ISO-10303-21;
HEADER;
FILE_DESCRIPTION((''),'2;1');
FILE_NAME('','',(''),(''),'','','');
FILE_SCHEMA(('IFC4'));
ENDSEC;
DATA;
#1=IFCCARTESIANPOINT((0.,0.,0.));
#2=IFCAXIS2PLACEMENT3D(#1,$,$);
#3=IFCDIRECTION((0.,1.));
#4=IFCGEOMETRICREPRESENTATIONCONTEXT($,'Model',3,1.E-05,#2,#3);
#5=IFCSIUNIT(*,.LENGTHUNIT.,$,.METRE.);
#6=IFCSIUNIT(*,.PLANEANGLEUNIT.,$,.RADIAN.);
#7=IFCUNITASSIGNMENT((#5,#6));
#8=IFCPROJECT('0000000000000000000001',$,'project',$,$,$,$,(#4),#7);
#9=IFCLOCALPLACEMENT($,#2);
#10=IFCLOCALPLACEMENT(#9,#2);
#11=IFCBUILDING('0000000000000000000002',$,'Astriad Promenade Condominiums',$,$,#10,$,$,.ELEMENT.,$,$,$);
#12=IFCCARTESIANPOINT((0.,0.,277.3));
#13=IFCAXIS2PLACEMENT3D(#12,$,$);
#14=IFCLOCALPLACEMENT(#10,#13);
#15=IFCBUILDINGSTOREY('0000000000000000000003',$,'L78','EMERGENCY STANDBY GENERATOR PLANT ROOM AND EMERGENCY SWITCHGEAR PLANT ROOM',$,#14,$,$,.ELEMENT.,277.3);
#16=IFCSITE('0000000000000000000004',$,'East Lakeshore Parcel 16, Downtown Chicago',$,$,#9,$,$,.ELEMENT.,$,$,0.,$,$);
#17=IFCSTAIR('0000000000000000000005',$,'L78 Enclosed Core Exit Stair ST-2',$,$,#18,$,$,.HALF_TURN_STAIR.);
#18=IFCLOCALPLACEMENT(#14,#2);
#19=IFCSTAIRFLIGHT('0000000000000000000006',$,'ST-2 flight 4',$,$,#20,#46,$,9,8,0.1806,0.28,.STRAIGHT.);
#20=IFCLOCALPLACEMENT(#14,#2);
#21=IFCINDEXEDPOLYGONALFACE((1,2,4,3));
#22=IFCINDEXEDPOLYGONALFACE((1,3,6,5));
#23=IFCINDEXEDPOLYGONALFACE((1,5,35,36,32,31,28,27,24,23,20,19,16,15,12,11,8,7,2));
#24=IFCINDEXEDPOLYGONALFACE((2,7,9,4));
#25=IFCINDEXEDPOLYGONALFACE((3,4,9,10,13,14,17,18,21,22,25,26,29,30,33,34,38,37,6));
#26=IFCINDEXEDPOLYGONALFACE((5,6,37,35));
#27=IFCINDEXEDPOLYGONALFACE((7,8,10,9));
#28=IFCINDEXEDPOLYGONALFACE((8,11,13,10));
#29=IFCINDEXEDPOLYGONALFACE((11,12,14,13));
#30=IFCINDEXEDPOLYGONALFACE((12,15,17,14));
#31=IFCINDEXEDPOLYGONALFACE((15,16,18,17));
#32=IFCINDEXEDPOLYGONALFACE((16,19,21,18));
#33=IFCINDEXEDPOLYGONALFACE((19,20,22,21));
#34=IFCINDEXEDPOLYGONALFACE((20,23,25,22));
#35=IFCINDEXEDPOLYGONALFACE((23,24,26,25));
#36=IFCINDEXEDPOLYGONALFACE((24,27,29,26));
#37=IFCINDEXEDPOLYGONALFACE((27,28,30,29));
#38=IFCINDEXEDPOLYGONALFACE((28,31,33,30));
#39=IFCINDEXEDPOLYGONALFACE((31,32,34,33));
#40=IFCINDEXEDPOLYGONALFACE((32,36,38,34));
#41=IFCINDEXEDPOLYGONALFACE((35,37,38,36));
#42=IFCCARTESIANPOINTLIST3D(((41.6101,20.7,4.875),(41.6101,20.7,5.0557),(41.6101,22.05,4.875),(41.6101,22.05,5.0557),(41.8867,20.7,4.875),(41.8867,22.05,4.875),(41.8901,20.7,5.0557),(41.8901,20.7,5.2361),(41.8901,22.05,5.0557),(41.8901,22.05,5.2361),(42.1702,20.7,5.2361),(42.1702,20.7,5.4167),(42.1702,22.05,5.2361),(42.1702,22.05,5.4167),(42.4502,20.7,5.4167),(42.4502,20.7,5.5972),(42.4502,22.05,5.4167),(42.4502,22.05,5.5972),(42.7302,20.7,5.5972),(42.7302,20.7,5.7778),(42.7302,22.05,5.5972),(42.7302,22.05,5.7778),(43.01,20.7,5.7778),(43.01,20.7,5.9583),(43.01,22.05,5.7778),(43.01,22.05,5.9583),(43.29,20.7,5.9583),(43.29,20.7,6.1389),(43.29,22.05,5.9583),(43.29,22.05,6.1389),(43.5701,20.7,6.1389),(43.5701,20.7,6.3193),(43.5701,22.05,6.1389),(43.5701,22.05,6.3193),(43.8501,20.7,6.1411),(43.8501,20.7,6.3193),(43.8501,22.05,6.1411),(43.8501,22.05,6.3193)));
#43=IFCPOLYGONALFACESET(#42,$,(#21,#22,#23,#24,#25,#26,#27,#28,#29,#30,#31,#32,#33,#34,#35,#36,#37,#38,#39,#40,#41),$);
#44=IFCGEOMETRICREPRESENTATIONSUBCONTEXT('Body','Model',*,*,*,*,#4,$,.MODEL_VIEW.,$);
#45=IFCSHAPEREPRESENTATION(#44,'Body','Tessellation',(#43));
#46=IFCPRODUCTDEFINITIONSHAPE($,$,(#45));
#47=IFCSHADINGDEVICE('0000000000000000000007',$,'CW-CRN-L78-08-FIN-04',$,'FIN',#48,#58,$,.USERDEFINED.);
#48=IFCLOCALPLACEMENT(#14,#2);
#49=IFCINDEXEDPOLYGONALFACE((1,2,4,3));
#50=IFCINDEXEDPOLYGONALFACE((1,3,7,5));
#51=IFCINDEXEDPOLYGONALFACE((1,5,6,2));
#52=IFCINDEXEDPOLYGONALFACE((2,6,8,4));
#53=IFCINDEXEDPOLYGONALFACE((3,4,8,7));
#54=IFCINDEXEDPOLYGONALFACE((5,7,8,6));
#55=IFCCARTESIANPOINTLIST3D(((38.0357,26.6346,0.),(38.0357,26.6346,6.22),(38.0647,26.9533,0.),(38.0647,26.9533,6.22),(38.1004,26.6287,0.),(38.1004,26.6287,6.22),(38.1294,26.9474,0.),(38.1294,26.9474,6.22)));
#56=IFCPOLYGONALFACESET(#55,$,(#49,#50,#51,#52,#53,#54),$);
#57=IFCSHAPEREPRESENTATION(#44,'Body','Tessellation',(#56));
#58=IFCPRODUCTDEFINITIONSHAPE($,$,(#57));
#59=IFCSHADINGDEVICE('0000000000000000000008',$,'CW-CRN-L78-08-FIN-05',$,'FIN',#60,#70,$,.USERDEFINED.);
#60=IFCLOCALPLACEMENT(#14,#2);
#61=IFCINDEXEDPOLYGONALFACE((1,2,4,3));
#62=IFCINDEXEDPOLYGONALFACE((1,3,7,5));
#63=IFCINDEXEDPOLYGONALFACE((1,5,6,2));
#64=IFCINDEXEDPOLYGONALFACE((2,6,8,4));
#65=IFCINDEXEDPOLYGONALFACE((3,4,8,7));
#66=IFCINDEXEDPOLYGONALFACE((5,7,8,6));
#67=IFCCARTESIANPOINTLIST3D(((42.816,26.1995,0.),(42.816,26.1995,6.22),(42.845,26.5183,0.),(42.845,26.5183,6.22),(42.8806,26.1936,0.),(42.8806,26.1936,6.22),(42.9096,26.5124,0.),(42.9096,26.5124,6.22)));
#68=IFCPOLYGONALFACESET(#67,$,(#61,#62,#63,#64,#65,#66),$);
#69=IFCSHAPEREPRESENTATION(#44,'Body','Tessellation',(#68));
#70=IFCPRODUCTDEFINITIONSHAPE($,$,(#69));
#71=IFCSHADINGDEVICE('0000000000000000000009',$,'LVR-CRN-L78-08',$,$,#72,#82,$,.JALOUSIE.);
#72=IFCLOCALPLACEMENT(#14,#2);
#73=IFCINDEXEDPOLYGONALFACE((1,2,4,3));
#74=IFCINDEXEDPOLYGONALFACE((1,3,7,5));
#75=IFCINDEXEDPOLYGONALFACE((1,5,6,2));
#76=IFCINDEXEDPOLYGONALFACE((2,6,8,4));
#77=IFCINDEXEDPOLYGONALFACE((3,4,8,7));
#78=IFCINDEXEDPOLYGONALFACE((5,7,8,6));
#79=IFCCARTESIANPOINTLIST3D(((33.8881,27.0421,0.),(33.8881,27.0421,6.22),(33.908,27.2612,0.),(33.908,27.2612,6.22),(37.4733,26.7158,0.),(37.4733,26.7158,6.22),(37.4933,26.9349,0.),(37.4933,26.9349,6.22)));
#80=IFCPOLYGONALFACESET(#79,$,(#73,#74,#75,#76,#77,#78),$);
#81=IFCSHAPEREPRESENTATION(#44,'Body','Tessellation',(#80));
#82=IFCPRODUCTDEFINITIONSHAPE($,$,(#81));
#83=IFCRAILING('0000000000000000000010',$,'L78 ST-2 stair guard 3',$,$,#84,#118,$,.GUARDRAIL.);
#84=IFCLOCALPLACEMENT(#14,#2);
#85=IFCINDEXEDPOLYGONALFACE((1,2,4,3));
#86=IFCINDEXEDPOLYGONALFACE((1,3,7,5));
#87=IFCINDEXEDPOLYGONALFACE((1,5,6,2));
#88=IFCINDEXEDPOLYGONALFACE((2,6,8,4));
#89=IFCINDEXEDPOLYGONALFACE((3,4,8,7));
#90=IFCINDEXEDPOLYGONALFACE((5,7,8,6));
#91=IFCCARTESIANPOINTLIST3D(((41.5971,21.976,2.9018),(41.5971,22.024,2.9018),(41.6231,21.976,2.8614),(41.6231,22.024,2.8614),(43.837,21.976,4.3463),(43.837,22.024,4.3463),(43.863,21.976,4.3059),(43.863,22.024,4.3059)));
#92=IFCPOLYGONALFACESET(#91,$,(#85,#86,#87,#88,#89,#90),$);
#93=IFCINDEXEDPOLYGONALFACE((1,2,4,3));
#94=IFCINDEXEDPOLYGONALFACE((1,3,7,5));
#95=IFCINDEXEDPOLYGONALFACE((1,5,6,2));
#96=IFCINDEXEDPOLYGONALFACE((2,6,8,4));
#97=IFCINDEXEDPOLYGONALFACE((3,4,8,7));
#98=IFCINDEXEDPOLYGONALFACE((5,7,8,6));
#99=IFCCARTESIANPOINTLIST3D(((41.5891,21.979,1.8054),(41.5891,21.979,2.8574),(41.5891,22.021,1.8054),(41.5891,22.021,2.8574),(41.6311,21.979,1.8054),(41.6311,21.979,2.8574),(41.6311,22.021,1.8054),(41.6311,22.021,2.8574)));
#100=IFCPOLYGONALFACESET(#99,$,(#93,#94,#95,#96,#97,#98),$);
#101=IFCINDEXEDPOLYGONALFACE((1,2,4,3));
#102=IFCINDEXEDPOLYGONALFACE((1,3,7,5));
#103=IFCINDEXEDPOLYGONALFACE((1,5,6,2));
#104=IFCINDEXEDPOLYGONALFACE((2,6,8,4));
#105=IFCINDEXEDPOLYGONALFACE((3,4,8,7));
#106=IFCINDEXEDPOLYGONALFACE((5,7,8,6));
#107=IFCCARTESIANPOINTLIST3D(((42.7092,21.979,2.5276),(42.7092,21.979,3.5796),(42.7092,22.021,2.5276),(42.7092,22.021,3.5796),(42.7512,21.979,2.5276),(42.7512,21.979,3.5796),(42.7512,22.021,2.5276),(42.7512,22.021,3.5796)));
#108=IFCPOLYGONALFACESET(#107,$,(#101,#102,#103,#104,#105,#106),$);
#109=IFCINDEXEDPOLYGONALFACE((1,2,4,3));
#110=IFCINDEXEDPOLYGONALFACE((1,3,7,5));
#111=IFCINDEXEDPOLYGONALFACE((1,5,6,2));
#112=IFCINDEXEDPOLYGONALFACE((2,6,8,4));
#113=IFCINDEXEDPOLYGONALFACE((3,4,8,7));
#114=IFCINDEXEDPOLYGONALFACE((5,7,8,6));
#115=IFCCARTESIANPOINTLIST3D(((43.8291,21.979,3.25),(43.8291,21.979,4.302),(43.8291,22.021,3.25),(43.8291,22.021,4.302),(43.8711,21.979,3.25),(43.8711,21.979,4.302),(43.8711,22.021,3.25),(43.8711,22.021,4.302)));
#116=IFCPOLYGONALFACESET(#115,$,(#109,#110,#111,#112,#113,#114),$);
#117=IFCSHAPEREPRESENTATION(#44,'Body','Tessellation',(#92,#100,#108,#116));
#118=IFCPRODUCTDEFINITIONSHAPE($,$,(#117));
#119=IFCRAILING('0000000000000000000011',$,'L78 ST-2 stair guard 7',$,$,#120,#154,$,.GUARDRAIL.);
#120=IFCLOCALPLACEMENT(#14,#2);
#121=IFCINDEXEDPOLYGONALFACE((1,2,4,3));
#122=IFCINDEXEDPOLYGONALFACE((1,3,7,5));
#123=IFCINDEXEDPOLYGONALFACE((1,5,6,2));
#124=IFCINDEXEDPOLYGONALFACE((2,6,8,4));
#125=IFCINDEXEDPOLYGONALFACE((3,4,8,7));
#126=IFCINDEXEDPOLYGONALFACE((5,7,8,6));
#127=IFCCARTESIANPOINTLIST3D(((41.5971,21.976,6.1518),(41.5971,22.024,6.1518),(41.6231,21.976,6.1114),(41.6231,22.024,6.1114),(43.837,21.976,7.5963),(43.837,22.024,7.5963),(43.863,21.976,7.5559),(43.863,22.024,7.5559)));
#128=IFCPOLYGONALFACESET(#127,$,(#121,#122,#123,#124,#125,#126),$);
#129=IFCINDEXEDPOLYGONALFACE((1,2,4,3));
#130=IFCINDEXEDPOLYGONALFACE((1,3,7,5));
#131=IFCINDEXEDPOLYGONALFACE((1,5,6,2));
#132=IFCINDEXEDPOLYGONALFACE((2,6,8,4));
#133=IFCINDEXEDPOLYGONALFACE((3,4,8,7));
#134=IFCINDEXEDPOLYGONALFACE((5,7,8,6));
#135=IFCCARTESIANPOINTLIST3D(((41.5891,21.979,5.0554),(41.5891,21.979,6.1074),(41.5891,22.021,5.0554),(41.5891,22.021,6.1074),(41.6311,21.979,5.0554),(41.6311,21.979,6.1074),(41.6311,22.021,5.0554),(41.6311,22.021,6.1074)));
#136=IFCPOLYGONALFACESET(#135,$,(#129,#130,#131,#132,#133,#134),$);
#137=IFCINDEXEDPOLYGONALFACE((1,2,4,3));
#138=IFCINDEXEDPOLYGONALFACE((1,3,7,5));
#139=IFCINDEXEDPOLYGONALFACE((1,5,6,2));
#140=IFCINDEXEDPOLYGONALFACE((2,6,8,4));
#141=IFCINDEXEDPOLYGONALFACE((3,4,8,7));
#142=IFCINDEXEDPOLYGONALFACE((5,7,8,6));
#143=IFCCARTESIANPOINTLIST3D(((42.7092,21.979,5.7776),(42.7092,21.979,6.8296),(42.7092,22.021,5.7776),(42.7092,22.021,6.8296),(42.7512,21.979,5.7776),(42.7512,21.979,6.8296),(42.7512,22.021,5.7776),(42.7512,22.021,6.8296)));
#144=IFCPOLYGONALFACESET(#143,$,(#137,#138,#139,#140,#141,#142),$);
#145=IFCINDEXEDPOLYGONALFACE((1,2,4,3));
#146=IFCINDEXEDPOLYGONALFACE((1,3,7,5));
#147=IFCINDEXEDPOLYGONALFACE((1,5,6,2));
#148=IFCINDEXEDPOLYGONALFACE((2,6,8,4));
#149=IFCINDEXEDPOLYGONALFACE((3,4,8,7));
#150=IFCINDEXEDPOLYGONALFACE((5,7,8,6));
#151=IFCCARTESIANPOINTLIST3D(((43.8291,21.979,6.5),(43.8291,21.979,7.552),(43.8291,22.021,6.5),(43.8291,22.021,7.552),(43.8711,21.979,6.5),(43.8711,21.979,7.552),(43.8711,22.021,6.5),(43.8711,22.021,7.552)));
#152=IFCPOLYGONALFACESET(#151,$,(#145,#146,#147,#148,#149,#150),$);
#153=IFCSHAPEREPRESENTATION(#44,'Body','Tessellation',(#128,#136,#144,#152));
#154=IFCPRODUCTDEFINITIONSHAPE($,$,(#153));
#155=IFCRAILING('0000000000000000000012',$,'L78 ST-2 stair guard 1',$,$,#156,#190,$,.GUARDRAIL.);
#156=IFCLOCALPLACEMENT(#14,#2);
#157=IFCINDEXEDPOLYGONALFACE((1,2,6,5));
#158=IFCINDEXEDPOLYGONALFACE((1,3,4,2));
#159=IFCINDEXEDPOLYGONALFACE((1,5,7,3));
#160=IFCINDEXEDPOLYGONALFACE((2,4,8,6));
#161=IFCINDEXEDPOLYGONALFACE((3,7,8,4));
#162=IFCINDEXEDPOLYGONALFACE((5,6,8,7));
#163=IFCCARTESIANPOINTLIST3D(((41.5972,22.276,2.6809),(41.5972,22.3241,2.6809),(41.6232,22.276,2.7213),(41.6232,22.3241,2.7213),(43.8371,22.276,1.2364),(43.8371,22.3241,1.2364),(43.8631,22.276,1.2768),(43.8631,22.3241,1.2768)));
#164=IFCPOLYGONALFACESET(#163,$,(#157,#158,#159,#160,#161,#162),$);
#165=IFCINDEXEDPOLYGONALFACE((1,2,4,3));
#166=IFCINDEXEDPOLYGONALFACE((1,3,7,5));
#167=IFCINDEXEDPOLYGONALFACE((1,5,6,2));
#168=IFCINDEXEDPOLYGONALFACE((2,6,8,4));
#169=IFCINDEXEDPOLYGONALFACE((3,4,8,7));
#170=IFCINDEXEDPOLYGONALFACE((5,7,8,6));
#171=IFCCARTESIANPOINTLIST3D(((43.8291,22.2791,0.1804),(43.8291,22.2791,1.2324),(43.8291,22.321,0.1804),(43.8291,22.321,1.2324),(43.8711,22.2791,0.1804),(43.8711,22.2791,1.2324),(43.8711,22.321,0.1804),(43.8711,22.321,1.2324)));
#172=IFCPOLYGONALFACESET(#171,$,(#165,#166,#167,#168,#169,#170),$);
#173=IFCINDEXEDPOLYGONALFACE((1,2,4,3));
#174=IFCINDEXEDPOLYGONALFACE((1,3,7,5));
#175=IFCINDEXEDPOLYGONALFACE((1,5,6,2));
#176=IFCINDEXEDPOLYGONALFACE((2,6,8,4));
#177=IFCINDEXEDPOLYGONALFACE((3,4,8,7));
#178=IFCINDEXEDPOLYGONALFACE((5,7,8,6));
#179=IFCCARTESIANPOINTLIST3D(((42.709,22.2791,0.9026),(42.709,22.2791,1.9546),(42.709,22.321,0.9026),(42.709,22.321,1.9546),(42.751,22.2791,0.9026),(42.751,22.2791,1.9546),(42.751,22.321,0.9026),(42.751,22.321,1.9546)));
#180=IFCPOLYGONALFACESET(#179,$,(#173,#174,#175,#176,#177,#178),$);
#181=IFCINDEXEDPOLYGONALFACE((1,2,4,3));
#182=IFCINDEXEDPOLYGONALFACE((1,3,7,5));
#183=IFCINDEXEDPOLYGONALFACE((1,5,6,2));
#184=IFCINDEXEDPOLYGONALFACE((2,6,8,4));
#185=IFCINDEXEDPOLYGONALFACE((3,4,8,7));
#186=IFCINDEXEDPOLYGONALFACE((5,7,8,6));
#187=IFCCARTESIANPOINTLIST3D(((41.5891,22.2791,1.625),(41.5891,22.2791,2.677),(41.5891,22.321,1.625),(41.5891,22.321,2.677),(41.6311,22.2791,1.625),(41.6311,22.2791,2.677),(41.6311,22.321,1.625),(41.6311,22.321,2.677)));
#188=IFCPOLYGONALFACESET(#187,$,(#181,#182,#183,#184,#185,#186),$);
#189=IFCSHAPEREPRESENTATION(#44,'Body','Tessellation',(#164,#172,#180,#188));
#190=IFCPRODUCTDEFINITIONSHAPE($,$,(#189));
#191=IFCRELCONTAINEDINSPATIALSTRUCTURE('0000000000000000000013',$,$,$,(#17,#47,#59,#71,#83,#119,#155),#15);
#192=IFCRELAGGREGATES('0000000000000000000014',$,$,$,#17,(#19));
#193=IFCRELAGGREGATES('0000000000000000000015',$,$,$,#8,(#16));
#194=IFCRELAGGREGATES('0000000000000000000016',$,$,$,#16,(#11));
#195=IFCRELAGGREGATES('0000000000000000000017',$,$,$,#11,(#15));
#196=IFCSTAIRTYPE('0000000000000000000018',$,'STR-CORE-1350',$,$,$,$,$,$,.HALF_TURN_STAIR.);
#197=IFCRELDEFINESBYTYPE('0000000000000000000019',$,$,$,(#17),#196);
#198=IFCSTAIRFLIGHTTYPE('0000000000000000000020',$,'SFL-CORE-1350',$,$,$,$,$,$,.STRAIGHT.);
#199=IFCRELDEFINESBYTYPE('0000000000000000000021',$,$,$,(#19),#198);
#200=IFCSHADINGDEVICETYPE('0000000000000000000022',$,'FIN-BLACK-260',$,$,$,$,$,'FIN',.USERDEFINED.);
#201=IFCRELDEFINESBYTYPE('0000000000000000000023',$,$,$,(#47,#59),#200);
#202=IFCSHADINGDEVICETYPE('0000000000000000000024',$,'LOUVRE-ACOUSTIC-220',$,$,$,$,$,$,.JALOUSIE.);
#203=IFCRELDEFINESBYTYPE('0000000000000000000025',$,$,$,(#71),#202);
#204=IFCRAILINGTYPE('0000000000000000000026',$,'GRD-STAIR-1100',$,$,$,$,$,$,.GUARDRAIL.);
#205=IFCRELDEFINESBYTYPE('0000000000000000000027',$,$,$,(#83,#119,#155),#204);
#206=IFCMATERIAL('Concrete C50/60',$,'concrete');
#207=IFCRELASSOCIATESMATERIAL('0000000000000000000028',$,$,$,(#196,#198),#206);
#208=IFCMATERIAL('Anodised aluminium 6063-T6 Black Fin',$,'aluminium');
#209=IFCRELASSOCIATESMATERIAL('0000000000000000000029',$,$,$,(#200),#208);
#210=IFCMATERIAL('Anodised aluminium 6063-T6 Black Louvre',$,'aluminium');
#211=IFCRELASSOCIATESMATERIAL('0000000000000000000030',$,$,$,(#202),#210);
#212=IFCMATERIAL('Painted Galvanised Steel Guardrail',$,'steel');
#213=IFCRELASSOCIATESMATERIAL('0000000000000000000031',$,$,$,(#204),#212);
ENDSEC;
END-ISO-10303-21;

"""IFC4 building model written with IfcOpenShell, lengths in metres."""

from ifc_helpers import new_model, si_unit, direction, frame, origin, origin_2d, place, context, subcontext, project, spatial, polyline, rectangle, outline, extrude, source, transform, mapped, material, type_object, type_shapes, element, aggregate, save


model = new_model("IFC4")

# Units and contexts
model_context = context("Model", 3, precision=1e-05, world=origin(), true_north=direction((0.0, 1.0)))
body_context = subcontext(model_context, "Body", "Model", "MODEL_VIEW")
ifc_project = project(units=[si_unit("LENGTHUNIT", "METRE"), si_unit("PLANEANGLEUNIT", "RADIAN")], contexts=[model_context])

# Site, building, storey
site_placement = place(None, origin())
site = spatial("IfcSite", under=ifc_project, at=site_placement, Name="East Lakeshore Parcel 16, Downtown Chicago", CompositionType="ELEMENT", RefElevation=0.0)
building_placement = place(site_placement, origin())
building = spatial("IfcBuilding", under=site, at=building_placement, Name="Astriad Promenade Condominiums", CompositionType="ELEMENT")
storey_placement = place(building_placement, frame((0.0, 0.0, 277.3)))
storey = spatial("IfcBuildingStorey", under=building, at=storey_placement, Name="L78", Description="EMERGENCY STANDBY GENERATOR PLANT ROOM AND EMERGENCY SWITCHGEAR PLANT ROOM", CompositionType="ELEMENT", Elevation=277.3)

# Stair, stair flight
ifc_material_1 = material(Name="Concrete C50/60", Category="concrete")
stair_type = type_object("IfcStairType", Name="STR-CORE-1350", PredefinedType="HALF_TURN_STAIR", material=ifc_material_1)
stair_placement = place(storey_placement, origin())
stair = element("IfcStair", 1, at=stair_placement, inside=storey, type_object=stair_type, Name="L78 Enclosed Core Exit Stair ST-2", PredefinedType="HALF_TURN_STAIR")
stair_flight_type = type_object("IfcStairFlightType", Name="SFL-CORE-1350", PredefinedType="STRAIGHT", material=ifc_material_1)
shared_shape_1 = source(origin(), body_context, "Body", "SweptSolid", [
    extrude(outline(polyline([(0.0, 0.0), (0.0, 0.1807), (0.28, 0.1807), (0.28, 0.3611), (0.5601, 0.3611), (0.5601, 0.5417), (0.8401, 0.5417), (0.8401, 0.7222), (1.1201, 0.7222), (1.1201, 0.9028), (1.3999, 0.9028), (1.3999, 1.0833), (1.6799, 1.0833), (1.6799, 1.2639), (1.96, 1.2639), (1.96, 1.4443), (2.24, 1.4443), (2.24, 1.625), (2.24, 1.2661), (0.2766, 0.0), (0.0, 0.0)])), frame((0.0, 0.675, 0.0), z_axis=(0.0, -1.0, 0.0), x_axis=(1.0, 0.0, 0.0)), (0.0, 0.0, 1.0), 1.3501),
])
type_shapes(stair_flight_type, [shared_shape_1])
stair_flight_1_placement = place(storey_placement, frame((41.6101, 21.375, 4.875), z_axis=(0.0, 0.0, 1.0), x_axis=(1.0, 0.0, 0.0)))
stair_flight_1 = element("IfcStairFlight", 2, at=stair_flight_1_placement, type_object=stair_flight_type, Name="ST-2 flight 4", NumberOfRisers=9, NumberOfTreads=8, PredefinedType="STRAIGHT", RiserHeight=0.1806, TreadLength=0.28, context=body_context, shape_type="MappedRepresentation", body=[
    mapped(shared_shape_1, transform((0.0, 0.0, 0.0), scale=1.0)),
])
aggregate(stair, [stair_flight_1])

# Shading devices
ifc_material_2 = material(Name="Anodised aluminium 6063-T6 Black Fin", Category="aluminium")
shading_device_type_1 = type_object("IfcShadingDeviceType", Name="FIN-BLACK-260", ElementType="FIN", PredefinedType="USERDEFINED", material=ifc_material_2)
shared_shape_2 = source(origin(), body_context, "Body", "SweptSolid", [
    extrude(rectangle(XDim=0.0649, YDim=0.3201, at=origin_2d()), origin(), (0.0, 0.0, 1.0), 6.22),
])
type_shapes(shading_device_type_1, [shared_shape_2])
for number, where, z_axis, x_axis, name in (
    (3, (38.0825, 26.791, 0.0), (0.0, 0.0, 1.0), (0.995884, -0.090633, 0.0), "CW-CRN-L78-08-FIN-04"),
    (4, (42.8628, 26.356, 0.0), (0.0, 0.0, 1.0), (0.995884, -0.090633, 0.0), "CW-CRN-L78-08-FIN-05"),
):
    element("IfcShadingDevice", number, at=place(storey_placement, frame(where, z_axis=z_axis, x_axis=x_axis)), inside=storey, type_object=shading_device_type_1, Name=name, ObjectType="FIN", PredefinedType="USERDEFINED", context=body_context, shape_type="MappedRepresentation", body=[
        mapped(shared_shape_2, transform((0.0, 0.0, 0.0), scale=1.0)),
    ])
ifc_material_3 = material(Name="Anodised aluminium 6063-T6 Black Louvre", Category="aluminium")
shading_device_type_2 = type_object("IfcShadingDeviceType", Name="LOUVRE-ACOUSTIC-220", PredefinedType="JALOUSIE", material=ifc_material_3)
shared_shape_3 = source(origin(), body_context, "Body", "SweptSolid", [
    extrude(rectangle(XDim=3.6001, YDim=0.22, at=origin_2d()), origin(), (0.0, 0.0, 1.0), 6.22),
])
type_shapes(shading_device_type_2, [shared_shape_3])
shading_device_placement = place(storey_placement, frame((35.6907, 26.9885, 0.0), z_axis=(0.0, 0.0, 1.0), x_axis=(0.995884, -0.090633, 0.0)))
element("IfcShadingDevice", 5, at=shading_device_placement, inside=storey, type_object=shading_device_type_2, Name="LVR-CRN-L78-08", PredefinedType="JALOUSIE", context=body_context, shape_type="MappedRepresentation", body=[
    mapped(shared_shape_3, transform((0.0, 0.0, 0.0), scale=1.0)),
])

# Railings
ifc_material_4 = material(Name="Painted Galvanised Steel Guardrail", Category="steel")
railing_type_1 = type_object("IfcRailingType", Name="GRD-STAIR-1100", PredefinedType="GUARDRAIL", material=ifc_material_4)
shared_shape_4 = source(origin(), body_context, "Body", "SweptSolid", [
    extrude(rectangle(XDim=0.0481, YDim=0.0481, at=origin_2d()), frame((0.0, 0.0, 1.0762), z_axis=(0.840395, 0.0, 0.541975), x_axis=(0.0, 1.0, 0.0)), (0.0, 0.0, 1.0), 2.6653),
    extrude(rectangle(XDim=0.042, YDim=0.042, at=origin_2d()), origin(), (0.0, 0.0, 1.0), 1.052),
    extrude(rectangle(XDim=0.042, YDim=0.042, at=origin_2d()), frame((1.1201, 0.0, 0.7222)), (0.0, 0.0, 1.0), 1.052),
    extrude(rectangle(XDim=0.042, YDim=0.042, at=origin_2d()), frame((2.24, 0.0, 1.4446)), (0.0, 0.0, 1.0), 1.052),
])
for number, where, name in (
    (6, (41.6101, 22.0, 1.8054), "L78 ST-2 stair guard 3"),
    (7, (41.6101, 22.0, 5.0554), "L78 ST-2 stair guard 7"),
):
    element("IfcRailing", number, at=place(storey_placement, frame(where)), inside=storey, type_object=railing_type_1, Name=name, PredefinedType="GUARDRAIL", context=body_context, shape_type="MappedRepresentation", body=[
        mapped(shared_shape_4, transform((0.0, 0.0, 0.0), scale=1.0)),
    ])
shared_shape_5 = source(origin(), body_context, "Body", "SweptSolid", [
    extrude(rectangle(XDim=0.0481, YDim=0.0481, at=origin_2d()), frame((0.0, 0.0, 1.0762), z_axis=(-0.840395, 0.0, 0.541975), x_axis=(0.0, -1.0, 0.0)), (0.0, 0.0, 1.0), 2.6653),
    extrude(rectangle(XDim=0.042, YDim=0.042, at=origin_2d()), origin(), (0.0, 0.0, 1.0), 1.052),
    extrude(rectangle(XDim=0.042, YDim=0.042, at=origin_2d()), frame((-1.1201, 0.0, 0.7222)), (0.0, 0.0, 1.0), 1.052),
    extrude(rectangle(XDim=0.042, YDim=0.042, at=origin_2d()), frame((-2.24, 0.0, 1.4446)), (0.0, 0.0, 1.0), 1.052),
])
for number, where, name in (
    (8, (43.8501, 22.3, 0.1804), "L78 ST-2 stair guard 1"),
):
    element("IfcRailing", number, at=place(storey_placement, frame(where)), inside=storey, type_object=railing_type_1, Name=name, PredefinedType="GUARDRAIL", context=body_context, shape_type="MappedRepresentation", body=[
        mapped(shared_shape_5, transform((0.0, 0.0, 0.0), scale=1.0)),
    ])

save(model, "model.ifc")
